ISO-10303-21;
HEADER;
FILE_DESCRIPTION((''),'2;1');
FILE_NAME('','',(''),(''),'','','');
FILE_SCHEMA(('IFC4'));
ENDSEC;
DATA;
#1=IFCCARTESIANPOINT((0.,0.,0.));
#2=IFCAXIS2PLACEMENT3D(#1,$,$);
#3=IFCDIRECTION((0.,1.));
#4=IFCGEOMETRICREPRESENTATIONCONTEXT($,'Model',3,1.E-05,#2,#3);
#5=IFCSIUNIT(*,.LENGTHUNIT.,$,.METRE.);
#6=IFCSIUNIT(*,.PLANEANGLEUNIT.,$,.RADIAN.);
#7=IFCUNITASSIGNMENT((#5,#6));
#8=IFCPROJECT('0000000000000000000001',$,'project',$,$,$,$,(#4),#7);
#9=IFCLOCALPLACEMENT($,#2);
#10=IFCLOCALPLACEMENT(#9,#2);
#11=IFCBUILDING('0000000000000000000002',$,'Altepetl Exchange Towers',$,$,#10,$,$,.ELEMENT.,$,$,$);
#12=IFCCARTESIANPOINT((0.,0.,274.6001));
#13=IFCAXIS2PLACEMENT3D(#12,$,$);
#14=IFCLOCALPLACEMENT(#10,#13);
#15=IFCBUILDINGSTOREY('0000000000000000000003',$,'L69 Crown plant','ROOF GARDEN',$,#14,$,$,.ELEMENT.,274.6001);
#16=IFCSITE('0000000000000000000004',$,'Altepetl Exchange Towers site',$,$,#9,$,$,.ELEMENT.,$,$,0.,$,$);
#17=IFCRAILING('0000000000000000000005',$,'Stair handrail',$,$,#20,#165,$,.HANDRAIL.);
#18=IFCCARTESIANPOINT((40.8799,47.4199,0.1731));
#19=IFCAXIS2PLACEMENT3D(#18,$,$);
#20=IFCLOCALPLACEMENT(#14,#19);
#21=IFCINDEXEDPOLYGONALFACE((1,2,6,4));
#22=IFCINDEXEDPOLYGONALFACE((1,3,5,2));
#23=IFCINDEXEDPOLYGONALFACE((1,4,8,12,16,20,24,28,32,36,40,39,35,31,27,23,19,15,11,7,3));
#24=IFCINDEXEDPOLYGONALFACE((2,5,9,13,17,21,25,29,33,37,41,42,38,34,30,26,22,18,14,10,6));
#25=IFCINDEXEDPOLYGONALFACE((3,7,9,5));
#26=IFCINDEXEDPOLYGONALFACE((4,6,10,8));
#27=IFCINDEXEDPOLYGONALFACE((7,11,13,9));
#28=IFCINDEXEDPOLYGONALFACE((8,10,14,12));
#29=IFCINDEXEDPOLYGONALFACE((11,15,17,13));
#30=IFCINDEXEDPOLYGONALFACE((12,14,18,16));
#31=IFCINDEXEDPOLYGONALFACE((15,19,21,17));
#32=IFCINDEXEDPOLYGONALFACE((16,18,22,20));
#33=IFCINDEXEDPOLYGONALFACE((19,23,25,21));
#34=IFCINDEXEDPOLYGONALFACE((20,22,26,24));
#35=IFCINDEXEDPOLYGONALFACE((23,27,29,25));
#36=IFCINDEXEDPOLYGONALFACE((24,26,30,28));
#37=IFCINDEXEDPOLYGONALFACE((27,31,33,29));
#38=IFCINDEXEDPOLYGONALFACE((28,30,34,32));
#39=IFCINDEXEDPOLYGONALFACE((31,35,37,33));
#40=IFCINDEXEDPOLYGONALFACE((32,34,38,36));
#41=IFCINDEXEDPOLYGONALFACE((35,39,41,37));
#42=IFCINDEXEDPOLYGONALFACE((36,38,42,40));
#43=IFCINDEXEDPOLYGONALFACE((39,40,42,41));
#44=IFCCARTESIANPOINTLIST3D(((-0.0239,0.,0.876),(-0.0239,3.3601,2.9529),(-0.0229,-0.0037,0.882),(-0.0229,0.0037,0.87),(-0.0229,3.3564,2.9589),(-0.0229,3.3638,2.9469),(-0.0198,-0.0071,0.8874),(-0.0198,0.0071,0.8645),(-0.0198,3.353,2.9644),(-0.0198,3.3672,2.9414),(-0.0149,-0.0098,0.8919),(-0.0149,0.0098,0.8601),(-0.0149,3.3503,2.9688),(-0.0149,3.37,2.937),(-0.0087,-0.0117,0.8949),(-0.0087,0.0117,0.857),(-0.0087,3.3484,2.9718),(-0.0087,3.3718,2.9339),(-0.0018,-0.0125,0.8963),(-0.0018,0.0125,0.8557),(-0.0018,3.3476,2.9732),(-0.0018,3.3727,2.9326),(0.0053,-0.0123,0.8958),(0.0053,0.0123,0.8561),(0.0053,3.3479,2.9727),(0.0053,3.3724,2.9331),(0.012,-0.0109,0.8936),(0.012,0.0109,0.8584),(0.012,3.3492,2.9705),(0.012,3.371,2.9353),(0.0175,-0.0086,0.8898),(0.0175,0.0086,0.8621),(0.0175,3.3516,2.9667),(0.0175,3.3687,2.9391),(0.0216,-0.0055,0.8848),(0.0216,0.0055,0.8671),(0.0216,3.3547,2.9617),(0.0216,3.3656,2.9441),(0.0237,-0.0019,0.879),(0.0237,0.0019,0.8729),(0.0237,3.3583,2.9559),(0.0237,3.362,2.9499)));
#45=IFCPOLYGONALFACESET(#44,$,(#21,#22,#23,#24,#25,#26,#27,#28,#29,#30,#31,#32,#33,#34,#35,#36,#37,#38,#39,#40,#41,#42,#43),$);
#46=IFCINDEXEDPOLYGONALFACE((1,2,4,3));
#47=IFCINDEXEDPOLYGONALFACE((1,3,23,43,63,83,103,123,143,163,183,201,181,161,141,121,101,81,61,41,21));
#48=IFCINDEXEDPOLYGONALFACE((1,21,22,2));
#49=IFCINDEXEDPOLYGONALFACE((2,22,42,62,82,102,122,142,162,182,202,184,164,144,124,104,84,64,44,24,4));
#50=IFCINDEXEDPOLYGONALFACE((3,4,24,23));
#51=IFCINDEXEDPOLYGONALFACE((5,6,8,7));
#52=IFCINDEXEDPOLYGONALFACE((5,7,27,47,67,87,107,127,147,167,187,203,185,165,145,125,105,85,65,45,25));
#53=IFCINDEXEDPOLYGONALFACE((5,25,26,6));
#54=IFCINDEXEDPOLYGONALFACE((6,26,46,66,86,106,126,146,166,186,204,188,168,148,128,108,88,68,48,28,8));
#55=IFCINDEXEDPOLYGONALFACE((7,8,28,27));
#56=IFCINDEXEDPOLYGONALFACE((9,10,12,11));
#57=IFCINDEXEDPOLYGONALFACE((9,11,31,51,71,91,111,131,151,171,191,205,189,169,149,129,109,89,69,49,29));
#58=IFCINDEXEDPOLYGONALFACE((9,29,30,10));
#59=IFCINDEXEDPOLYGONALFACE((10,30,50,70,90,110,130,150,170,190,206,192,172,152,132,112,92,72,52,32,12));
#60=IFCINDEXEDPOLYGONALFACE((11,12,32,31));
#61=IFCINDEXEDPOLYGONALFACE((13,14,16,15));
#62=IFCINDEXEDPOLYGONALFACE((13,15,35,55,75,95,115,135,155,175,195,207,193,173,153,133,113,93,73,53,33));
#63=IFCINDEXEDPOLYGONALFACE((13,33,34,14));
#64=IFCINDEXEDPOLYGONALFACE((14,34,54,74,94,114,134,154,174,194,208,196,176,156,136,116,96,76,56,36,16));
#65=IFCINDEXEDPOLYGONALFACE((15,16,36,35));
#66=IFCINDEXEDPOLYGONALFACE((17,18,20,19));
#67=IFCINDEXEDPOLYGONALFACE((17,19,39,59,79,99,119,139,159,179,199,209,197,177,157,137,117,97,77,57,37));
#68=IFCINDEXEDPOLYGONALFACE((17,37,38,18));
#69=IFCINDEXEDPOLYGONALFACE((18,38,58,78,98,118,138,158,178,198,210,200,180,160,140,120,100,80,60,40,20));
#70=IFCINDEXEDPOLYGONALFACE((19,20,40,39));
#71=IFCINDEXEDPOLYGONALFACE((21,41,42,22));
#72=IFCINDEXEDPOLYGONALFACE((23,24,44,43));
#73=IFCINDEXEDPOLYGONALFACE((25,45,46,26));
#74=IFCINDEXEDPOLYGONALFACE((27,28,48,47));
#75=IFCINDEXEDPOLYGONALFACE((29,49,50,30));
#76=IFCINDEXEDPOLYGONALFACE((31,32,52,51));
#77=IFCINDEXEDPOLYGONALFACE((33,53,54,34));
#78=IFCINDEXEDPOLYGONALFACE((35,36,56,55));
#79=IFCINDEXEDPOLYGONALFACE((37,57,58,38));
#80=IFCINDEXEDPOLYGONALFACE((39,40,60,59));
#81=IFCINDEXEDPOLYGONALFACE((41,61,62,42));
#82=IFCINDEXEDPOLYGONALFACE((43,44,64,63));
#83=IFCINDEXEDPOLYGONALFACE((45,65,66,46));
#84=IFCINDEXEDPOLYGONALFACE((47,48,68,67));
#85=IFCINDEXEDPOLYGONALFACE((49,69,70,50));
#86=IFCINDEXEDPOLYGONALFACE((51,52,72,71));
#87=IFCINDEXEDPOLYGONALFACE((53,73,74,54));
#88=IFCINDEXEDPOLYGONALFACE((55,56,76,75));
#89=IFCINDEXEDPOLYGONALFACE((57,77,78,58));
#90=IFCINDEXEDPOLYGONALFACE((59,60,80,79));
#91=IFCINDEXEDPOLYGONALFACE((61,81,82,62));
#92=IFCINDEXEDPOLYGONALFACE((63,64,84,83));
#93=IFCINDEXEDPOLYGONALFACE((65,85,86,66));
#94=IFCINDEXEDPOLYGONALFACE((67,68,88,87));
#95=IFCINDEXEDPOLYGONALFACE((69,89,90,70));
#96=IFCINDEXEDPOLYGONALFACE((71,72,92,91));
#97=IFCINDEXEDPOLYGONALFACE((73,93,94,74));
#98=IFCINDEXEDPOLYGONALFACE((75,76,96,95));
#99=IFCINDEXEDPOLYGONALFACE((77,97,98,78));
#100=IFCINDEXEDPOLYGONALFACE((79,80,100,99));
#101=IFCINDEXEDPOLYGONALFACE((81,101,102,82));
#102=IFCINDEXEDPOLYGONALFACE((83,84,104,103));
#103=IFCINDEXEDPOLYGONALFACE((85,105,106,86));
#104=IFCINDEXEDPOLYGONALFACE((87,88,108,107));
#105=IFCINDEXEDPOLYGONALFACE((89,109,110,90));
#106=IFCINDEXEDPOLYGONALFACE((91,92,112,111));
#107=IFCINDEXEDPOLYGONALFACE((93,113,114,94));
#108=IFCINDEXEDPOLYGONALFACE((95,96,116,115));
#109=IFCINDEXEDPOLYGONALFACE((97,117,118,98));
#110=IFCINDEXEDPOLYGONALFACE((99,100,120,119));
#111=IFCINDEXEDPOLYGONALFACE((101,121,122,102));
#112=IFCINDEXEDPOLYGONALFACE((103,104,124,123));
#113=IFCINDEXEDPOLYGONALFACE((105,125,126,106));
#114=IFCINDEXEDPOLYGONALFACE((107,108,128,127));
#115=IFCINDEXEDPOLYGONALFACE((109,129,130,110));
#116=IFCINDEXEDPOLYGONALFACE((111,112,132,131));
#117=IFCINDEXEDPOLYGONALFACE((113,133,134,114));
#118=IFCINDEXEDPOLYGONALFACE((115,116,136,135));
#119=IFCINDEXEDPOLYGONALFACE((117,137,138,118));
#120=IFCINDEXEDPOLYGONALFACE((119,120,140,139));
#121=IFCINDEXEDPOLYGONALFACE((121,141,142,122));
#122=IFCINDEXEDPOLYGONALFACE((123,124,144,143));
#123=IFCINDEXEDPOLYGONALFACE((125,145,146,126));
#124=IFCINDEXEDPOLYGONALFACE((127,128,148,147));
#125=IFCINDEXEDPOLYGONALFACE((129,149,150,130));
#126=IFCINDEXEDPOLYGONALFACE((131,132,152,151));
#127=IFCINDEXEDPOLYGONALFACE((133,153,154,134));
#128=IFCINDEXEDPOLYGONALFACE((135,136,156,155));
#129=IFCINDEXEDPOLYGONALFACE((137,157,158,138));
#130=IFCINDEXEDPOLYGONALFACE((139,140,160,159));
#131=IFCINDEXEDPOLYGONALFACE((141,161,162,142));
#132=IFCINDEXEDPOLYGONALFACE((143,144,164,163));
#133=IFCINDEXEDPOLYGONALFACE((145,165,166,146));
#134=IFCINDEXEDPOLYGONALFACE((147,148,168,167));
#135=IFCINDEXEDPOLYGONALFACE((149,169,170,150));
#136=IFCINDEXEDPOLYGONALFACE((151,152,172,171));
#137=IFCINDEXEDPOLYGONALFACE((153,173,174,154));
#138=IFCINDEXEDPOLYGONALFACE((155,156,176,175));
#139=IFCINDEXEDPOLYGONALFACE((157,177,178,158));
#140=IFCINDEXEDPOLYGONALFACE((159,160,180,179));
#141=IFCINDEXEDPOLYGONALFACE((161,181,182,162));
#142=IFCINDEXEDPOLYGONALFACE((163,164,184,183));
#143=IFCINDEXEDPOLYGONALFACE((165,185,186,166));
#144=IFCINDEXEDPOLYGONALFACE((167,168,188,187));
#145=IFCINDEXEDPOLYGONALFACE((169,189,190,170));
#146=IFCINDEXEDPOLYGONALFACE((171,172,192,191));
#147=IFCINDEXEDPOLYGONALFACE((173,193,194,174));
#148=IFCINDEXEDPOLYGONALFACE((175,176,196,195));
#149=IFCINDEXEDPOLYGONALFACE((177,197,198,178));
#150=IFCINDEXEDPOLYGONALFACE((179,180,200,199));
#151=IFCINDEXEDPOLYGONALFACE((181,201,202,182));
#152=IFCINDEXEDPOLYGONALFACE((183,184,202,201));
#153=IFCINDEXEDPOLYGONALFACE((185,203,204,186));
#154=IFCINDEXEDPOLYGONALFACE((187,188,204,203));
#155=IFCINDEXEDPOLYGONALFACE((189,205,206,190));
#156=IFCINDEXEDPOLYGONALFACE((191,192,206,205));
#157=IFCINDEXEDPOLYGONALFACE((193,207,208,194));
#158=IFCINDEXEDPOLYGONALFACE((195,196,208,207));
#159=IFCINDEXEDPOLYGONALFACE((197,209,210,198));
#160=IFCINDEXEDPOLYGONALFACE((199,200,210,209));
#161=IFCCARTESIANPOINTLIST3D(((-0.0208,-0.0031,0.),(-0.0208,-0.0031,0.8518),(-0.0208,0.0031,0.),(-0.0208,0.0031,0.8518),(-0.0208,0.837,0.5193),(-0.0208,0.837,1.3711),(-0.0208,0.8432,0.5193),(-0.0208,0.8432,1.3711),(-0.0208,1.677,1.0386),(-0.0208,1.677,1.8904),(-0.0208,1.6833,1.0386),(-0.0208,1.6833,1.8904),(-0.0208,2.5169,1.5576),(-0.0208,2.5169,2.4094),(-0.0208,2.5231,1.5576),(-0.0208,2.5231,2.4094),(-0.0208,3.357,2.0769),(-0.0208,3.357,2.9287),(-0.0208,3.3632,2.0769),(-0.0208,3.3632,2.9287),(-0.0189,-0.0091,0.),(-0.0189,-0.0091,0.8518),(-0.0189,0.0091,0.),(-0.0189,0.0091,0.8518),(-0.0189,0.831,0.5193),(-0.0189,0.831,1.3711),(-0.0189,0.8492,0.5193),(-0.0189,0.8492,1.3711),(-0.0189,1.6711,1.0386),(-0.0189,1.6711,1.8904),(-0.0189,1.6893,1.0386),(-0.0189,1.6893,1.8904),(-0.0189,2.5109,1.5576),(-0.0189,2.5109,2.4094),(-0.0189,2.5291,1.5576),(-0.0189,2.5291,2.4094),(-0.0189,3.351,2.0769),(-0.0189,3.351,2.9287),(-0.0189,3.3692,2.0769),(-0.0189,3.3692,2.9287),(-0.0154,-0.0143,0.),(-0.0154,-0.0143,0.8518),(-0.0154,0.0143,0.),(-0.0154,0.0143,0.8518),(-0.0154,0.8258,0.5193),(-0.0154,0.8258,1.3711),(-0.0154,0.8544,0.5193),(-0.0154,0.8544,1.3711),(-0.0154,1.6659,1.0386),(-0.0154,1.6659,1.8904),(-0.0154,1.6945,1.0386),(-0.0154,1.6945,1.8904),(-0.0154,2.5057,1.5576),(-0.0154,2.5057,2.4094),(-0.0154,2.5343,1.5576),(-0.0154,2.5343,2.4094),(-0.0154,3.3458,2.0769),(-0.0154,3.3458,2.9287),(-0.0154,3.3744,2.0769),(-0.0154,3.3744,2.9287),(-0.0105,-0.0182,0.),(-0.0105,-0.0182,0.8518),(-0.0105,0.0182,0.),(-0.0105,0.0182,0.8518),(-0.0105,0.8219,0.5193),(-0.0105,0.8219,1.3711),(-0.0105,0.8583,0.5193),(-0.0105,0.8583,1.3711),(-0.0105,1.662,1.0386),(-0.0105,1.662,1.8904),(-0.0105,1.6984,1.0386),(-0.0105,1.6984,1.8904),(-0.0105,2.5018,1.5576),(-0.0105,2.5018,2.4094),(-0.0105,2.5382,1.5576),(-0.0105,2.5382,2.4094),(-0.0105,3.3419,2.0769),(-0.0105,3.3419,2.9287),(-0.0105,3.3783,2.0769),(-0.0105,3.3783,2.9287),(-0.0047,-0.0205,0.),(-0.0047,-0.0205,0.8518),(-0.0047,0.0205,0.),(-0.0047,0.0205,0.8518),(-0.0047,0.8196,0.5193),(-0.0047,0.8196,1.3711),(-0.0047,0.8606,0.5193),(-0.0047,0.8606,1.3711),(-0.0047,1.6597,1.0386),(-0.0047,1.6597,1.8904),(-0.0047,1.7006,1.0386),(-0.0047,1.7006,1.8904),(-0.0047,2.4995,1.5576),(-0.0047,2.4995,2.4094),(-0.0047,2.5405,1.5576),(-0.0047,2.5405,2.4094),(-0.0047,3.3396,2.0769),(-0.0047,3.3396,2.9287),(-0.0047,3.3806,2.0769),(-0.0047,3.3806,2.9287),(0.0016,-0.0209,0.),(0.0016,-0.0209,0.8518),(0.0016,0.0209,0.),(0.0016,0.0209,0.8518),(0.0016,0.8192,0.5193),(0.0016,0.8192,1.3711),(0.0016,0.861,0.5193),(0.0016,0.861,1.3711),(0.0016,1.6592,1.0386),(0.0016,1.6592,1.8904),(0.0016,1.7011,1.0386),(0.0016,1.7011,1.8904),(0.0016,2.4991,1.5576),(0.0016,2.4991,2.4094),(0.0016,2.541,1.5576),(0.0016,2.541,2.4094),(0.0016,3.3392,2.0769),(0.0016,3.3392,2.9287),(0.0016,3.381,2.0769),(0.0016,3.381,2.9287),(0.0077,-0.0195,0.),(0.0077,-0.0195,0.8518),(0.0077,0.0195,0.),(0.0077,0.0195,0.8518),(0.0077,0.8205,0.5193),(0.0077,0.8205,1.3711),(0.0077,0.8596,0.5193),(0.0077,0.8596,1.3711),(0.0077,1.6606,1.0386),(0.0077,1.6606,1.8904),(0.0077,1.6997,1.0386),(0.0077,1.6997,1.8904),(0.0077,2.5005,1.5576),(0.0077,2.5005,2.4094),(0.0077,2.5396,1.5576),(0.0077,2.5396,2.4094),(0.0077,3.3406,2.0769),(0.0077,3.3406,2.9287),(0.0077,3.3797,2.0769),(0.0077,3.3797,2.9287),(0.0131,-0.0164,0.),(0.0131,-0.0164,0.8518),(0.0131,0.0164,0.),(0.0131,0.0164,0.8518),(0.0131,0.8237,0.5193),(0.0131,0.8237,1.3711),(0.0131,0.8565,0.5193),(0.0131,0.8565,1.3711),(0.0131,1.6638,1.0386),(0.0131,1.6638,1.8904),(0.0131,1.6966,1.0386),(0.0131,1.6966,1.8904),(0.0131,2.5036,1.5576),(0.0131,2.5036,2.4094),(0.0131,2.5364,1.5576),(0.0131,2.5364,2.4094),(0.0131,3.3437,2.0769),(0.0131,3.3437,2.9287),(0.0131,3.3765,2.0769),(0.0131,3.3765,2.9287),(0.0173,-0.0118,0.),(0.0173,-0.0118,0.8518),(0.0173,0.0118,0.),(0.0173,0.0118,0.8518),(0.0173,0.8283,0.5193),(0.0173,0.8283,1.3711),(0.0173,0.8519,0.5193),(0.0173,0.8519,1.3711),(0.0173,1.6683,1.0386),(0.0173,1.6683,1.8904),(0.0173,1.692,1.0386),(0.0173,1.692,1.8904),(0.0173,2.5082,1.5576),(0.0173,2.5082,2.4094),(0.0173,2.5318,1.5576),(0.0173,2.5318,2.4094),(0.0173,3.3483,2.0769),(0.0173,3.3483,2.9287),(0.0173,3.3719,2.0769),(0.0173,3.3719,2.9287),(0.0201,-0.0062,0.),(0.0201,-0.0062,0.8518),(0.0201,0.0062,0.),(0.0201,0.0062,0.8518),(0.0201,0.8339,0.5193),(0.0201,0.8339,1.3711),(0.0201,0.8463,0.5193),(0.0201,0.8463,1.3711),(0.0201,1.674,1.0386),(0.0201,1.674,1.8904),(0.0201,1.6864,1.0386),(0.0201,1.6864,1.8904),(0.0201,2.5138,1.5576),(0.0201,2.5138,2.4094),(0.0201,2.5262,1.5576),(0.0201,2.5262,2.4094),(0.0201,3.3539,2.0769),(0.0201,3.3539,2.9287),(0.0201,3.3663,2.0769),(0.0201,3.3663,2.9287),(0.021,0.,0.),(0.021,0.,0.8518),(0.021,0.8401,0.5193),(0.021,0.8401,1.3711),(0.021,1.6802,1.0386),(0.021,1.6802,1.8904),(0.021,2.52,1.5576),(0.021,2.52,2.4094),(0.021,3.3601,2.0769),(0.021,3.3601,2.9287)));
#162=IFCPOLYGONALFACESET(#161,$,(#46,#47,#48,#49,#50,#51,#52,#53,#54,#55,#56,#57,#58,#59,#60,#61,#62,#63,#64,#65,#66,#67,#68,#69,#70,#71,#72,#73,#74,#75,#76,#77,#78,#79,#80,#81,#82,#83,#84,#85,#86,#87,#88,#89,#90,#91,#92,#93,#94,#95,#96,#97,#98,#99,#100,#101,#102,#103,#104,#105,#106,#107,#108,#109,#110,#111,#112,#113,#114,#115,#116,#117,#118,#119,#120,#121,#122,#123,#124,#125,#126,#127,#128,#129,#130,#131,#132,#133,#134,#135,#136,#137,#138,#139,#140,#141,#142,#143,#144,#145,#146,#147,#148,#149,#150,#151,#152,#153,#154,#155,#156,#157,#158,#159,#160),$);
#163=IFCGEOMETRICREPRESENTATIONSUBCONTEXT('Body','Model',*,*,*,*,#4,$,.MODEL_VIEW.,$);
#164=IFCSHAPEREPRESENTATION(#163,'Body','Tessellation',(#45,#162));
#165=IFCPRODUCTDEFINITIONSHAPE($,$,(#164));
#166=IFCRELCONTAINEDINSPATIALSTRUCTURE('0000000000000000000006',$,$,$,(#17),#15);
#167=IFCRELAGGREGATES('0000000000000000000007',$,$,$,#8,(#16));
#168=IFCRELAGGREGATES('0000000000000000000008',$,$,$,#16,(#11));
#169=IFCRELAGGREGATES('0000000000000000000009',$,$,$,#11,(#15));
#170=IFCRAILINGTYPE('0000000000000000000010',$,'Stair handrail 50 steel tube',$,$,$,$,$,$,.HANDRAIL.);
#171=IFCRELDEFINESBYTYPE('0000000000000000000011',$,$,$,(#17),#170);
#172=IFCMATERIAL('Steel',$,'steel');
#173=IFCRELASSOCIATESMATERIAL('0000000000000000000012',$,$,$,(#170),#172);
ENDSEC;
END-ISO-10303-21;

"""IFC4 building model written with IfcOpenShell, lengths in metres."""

from ifc_helpers import new_model, si_unit, direction, frame, origin, origin_2d, place, context, subcontext, project, spatial, circle, extrude, source, transform, mapped, material, type_object, element, save


model = new_model("IFC4")

# Units and contexts
model_context = context("Model", 3, precision=1e-05, world=origin(), true_north=direction((0.0, 1.0)))
body_context = subcontext(model_context, "Body", "Model", "MODEL_VIEW")
ifc_project = project(units=[si_unit("LENGTHUNIT", "METRE"), si_unit("PLANEANGLEUNIT", "RADIAN")], contexts=[model_context])

# Site, building, storey
site_placement = place(None, origin())
site = spatial("IfcSite", under=ifc_project, at=site_placement, Name="Altepetl Exchange Towers site", CompositionType="ELEMENT", RefElevation=0.0)
building_placement = place(site_placement, origin())
building = spatial("IfcBuilding", under=site, at=building_placement, Name="Altepetl Exchange Towers", CompositionType="ELEMENT")
storey_placement = place(building_placement, frame((0.0, 0.0, 274.6001)))
storey = spatial("IfcBuildingStorey", under=building, at=storey_placement, Name="L69 Crown plant", Description="ROOF GARDEN", CompositionType="ELEMENT", Elevation=274.6001)

# Railing
ifc_material_1 = material(Name="Steel", Category="steel")
railing_type = type_object("IfcRailingType", Name="Stair handrail 50 steel tube", PredefinedType="HANDRAIL", material=ifc_material_1)
shared_shape = source(origin(), body_context, "Body", "SweptSolid", [
    extrude(circle(Radius=0.021, at=origin_2d()), origin(), (0.0, 0.0, 1.0), 0.8518),
])
railing_placement = place(storey_placement, frame((40.8799, 47.4199, 0.1731)))
element("IfcRailing", 1, at=railing_placement, inside=storey, type_object=railing_type, Name="Stair handrail", PredefinedType="HANDRAIL", context=body_context, shape_type="SweptSolid", body=[
    extrude(circle(Radius=0.0239, at=origin_2d()), frame((0.0, 0.0, 0.876), z_axis=(0.0, 0.850623, 0.525776), x_axis=(-1.0, 0.0, 0.0)), (0.0, 0.0, 1.0), 3.9502),
    mapped(shared_shape, transform((0.0, 0.0, 0.0))),
    mapped(shared_shape, transform((0.0, 0.8401, 0.5193))),
    mapped(shared_shape, transform((0.0, 1.6802, 1.0386))),
    mapped(shared_shape, transform((0.0, 2.52, 1.5576))),
    mapped(shared_shape, transform((0.0, 3.3601, 2.0769))),
])

save(model, "model.ifc")
